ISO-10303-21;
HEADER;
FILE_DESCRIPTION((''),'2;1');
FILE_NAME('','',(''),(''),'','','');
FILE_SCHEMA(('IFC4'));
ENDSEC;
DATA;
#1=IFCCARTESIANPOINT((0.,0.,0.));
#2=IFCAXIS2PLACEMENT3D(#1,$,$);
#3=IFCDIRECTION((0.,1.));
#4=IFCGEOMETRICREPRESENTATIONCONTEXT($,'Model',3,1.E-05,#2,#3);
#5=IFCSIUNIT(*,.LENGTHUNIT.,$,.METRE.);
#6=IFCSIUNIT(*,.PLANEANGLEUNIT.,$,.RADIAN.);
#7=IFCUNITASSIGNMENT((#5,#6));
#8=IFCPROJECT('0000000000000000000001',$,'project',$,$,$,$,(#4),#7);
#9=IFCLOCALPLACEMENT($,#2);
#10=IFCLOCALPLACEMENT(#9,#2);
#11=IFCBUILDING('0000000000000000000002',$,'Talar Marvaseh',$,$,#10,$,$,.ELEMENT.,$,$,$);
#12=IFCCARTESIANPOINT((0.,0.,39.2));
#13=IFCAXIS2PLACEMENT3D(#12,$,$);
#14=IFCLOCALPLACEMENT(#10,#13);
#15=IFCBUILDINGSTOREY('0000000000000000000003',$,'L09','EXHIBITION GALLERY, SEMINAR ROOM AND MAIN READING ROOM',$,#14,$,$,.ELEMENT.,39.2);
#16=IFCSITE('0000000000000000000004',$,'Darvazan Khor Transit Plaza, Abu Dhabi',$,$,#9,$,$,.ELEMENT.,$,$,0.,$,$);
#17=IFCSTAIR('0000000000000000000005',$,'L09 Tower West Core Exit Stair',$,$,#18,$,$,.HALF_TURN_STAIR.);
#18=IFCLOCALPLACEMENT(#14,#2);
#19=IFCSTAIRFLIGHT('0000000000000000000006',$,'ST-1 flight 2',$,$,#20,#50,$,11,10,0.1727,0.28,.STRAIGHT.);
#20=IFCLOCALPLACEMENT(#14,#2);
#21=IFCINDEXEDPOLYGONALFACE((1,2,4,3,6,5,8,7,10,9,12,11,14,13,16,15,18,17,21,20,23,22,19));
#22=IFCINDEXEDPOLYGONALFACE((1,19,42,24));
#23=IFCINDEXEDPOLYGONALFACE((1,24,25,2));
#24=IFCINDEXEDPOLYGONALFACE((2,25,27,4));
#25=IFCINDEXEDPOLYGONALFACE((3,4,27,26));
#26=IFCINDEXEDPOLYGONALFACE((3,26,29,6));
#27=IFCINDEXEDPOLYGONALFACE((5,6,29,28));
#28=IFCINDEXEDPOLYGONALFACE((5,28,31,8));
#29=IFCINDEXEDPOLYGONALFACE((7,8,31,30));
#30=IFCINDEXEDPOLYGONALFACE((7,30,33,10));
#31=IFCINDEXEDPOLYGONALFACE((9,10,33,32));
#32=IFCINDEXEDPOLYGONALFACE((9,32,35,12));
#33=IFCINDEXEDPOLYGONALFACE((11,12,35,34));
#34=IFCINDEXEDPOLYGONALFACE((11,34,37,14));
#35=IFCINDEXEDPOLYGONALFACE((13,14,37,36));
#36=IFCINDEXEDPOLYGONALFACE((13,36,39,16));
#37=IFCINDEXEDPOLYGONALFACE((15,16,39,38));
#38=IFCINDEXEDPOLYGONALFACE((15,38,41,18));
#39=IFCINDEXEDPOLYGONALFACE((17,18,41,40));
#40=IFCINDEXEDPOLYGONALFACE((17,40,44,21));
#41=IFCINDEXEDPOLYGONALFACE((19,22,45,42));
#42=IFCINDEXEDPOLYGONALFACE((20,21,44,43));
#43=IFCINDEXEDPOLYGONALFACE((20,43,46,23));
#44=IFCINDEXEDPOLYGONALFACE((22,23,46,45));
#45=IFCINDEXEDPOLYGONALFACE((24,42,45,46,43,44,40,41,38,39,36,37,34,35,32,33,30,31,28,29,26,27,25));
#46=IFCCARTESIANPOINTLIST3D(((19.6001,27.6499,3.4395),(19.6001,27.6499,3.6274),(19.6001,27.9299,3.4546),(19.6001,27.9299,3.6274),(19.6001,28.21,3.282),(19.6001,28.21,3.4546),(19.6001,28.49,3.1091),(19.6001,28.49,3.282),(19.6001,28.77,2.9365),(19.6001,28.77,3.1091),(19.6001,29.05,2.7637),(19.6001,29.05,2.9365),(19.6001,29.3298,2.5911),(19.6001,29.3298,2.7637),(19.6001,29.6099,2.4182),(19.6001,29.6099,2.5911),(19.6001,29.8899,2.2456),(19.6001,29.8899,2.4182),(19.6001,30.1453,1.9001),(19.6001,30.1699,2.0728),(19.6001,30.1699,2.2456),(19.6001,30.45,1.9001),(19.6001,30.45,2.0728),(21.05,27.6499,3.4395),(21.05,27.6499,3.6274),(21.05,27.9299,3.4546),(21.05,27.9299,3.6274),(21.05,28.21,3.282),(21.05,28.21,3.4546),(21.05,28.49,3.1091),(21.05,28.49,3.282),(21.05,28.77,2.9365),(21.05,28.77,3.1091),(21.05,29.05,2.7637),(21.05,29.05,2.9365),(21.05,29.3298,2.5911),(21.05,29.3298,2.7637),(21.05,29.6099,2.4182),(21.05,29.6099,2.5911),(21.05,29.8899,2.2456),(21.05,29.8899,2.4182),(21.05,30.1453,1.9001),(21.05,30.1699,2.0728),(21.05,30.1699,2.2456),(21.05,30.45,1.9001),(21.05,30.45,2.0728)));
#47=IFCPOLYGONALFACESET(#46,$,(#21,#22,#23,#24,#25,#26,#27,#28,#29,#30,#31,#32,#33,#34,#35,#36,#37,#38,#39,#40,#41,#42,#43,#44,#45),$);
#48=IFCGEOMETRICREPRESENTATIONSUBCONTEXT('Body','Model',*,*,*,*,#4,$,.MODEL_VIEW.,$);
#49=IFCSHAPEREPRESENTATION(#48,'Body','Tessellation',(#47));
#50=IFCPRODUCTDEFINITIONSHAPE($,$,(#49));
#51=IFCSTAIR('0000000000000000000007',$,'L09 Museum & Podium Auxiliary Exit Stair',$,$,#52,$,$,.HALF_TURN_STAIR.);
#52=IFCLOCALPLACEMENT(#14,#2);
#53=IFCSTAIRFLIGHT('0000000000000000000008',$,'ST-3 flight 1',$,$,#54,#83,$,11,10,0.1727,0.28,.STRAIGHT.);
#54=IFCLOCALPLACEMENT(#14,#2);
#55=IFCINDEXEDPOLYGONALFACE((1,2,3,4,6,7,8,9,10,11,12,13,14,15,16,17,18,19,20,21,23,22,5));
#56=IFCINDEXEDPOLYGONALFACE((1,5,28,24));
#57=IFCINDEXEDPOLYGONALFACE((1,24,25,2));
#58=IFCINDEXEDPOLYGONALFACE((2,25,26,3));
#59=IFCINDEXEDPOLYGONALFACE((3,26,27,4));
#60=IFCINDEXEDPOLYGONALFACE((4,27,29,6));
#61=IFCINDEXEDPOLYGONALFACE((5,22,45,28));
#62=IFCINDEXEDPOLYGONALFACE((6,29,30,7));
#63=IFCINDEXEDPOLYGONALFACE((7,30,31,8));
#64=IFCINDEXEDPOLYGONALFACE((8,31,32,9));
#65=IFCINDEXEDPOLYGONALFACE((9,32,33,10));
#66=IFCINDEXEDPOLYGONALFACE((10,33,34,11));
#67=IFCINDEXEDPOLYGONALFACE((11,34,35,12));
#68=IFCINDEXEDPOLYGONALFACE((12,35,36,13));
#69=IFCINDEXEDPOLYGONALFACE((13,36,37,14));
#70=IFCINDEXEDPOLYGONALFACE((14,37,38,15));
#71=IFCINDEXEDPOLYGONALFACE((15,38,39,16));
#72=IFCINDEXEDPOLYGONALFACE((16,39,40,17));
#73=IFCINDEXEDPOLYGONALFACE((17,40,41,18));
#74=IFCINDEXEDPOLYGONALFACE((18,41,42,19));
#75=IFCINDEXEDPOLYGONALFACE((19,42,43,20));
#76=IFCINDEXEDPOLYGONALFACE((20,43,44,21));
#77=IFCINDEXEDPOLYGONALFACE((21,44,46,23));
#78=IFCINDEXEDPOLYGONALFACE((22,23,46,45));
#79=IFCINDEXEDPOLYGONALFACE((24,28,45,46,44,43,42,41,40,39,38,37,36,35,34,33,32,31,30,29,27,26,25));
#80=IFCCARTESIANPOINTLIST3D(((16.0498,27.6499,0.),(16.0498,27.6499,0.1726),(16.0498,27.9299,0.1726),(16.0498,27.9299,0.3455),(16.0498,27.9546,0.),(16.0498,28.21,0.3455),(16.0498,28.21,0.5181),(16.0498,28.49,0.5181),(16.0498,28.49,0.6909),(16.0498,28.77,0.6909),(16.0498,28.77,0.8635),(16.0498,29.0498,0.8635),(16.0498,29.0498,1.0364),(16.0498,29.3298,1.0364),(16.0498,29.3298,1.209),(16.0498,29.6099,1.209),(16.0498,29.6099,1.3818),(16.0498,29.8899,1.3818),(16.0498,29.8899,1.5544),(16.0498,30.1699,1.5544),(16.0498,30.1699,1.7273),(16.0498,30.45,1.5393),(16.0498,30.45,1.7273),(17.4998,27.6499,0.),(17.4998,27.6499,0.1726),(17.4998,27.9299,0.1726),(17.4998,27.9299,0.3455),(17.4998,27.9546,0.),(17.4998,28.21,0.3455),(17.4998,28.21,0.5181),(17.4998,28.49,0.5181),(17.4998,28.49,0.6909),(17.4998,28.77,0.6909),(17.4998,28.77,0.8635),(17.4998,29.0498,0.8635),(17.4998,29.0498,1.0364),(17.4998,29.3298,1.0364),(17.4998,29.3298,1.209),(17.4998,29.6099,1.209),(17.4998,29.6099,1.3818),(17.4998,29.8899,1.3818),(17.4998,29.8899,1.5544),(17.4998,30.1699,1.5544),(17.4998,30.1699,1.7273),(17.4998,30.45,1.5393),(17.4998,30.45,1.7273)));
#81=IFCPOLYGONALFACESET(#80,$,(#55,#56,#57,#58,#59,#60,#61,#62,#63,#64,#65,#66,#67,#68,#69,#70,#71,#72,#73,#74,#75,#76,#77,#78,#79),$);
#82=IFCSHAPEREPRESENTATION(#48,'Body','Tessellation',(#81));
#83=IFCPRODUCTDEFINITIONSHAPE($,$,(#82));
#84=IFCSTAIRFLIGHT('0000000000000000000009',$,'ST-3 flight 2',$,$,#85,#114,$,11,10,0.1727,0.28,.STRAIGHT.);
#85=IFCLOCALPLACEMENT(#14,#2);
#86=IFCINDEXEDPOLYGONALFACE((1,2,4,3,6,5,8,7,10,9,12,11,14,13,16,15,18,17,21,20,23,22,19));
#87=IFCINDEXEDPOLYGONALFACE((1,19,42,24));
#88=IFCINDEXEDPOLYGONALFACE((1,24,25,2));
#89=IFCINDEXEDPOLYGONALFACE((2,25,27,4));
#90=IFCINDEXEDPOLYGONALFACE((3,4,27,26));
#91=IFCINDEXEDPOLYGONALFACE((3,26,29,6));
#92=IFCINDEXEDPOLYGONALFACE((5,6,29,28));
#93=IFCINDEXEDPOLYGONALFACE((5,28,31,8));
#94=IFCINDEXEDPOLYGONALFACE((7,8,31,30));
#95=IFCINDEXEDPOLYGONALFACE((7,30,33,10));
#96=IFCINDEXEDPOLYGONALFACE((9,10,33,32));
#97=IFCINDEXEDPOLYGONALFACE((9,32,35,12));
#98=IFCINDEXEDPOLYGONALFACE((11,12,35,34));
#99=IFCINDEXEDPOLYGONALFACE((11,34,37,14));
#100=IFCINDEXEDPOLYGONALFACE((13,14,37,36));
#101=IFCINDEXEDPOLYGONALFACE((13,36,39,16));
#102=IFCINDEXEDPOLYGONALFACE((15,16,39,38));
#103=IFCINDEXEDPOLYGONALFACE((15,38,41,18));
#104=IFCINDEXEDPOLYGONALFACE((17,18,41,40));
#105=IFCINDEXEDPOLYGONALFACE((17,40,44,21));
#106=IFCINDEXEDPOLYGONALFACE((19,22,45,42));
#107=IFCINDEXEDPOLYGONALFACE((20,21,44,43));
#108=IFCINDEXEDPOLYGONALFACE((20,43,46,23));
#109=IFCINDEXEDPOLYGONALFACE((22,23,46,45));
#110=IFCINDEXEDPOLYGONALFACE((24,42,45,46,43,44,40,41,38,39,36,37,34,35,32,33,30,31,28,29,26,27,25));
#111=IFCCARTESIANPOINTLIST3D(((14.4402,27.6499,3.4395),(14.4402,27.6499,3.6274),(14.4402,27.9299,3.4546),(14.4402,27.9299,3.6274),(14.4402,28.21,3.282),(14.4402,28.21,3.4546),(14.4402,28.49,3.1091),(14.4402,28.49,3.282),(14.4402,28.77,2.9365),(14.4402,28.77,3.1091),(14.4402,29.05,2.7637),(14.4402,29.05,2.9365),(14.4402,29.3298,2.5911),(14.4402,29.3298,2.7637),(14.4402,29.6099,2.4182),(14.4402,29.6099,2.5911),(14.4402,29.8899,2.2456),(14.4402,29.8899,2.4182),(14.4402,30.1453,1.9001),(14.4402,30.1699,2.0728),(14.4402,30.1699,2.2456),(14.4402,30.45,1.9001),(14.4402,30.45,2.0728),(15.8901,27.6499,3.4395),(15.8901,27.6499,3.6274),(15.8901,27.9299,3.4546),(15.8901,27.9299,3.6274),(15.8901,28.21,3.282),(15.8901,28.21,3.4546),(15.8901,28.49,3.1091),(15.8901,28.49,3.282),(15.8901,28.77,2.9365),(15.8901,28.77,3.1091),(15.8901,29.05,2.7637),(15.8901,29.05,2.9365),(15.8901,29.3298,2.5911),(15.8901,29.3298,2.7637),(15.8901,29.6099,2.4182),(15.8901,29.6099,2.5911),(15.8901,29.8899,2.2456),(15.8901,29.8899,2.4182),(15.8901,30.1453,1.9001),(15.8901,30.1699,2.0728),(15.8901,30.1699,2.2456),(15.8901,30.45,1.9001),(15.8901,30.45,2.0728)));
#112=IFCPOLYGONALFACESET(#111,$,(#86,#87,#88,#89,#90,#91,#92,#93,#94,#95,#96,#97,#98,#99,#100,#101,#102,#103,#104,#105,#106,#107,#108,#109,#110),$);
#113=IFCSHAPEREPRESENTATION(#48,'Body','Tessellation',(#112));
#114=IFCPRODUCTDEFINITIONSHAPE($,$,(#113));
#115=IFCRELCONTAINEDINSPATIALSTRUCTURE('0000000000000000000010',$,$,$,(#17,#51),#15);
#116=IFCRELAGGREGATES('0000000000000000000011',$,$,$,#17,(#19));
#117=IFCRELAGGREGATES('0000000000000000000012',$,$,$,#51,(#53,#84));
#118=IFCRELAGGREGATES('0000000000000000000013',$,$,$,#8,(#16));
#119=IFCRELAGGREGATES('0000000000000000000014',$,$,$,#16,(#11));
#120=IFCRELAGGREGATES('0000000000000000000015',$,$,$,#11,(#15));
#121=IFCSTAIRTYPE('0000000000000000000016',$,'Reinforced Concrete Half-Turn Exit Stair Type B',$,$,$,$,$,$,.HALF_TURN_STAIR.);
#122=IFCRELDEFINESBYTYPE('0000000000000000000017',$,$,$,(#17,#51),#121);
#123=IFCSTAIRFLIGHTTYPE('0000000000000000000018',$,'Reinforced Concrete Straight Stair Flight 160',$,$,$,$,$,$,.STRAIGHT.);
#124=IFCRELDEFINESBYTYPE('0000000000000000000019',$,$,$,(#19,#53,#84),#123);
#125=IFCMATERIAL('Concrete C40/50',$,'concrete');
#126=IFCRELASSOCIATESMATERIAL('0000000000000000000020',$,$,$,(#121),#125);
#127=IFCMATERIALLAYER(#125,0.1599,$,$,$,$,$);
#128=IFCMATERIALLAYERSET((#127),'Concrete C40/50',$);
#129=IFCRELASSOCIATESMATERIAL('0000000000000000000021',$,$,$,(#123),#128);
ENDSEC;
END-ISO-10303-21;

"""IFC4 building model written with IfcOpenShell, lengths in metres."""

from ifc_helpers import new_model, si_unit, direction, frame, origin, place, context, subcontext, project, spatial, polyline, outline, extrude, material, layer, layer_set, type_object, element, aggregate, save


model = new_model("IFC4")

# Units and contexts
model_context = context("Model", 3, precision=1e-05, world=origin(), true_north=direction((0.0, 1.0)))
body_context = subcontext(model_context, "Body", "Model", "MODEL_VIEW")
ifc_project = project(units=[si_unit("LENGTHUNIT", "METRE"), si_unit("PLANEANGLEUNIT", "RADIAN")], contexts=[model_context])

# Site, building, storey
site_placement = place(None, origin())
site = spatial("IfcSite", under=ifc_project, at=site_placement, Name="Darvazan Khor Transit Plaza, Abu Dhabi", CompositionType="ELEMENT", RefElevation=0.0)
building_placement = place(site_placement, origin())
building = spatial("IfcBuilding", under=site, at=building_placement, Name="Talar Marvaseh", CompositionType="ELEMENT")
storey_placement = place(building_placement, frame((0.0, 0.0, 39.2)))
storey = spatial("IfcBuildingStorey", under=building, at=storey_placement, Name="L09", Description="EXHIBITION GALLERY, SEMINAR ROOM AND MAIN READING ROOM", CompositionType="ELEMENT", Elevation=39.2)

# Shared definitions
ifc_material_1 = material(Name="Concrete C40/50", Category="concrete")

# Stair, stair flight
stair_type = type_object("IfcStairType", Name="Reinforced Concrete Half-Turn Exit Stair Type B", PredefinedType="HALF_TURN_STAIR", material=ifc_material_1)
stair_1_placement = place(storey_placement, origin())
stair_1 = element("IfcStair", 1, at=stair_1_placement, inside=storey, type_object=stair_type, Name="L09 Tower West Core Exit Stair", PredefinedType="HALF_TURN_STAIR")
ifc_layer_1 = layer(ifc_material_1, 0.1599)
ifc_layer_set_1 = layer_set([ifc_layer_1], Name="Concrete C40/50")
stair_flight_type = type_object("IfcStairFlightType", Name="Reinforced Concrete Straight Stair Flight 160", PredefinedType="STRAIGHT", material=ifc_layer_set_1)
stair_flight_1_placement = place(storey_placement, frame((20.325, 30.45, 1.9001), z_axis=(0.0, 0.0, 1.0), x_axis=(0.0, -1.0, 0.0)))
stair_flight_1 = element("IfcStairFlight", 2, at=stair_flight_1_placement, type_object=stair_flight_type, Name="ST-1 flight 2", NumberOfRisers=11, NumberOfTreads=10, PredefinedType="STRAIGHT", RiserHeight=0.1727, TreadLength=0.28, context=body_context, shape_type="SweptSolid", body=[
    extrude(outline(polyline([(0.0, 0.0), (0.0, 0.1726), (0.28, 0.1726), (0.28, 0.3455), (0.5601, 0.3455), (0.5601, 0.5181), (0.8401, 0.5181), (0.8401, 0.6909), (1.1201, 0.6909), (1.1201, 0.8635), (1.3999, 0.8635), (1.3999, 1.0364), (1.6799, 1.0364), (1.6799, 1.209), (1.96, 1.209), (1.96, 1.3818), (2.24, 1.3818), (2.24, 1.5544), (2.52, 1.5544), (2.52, 1.7273), (2.8, 1.7273), (2.8, 1.8999), (2.8, 1.5393), (0.3047, 0.0), (0.0, 0.0)])), frame((0.0, 0.7251, 0.0), z_axis=(0.0, -1.0, 0.0), x_axis=(1.0, 0.0, 0.0)), (0.0, 0.0, 1.0), 1.45),
])
aggregate(stair_1, [stair_flight_1])

# Stair, stair flights
stair_2_placement = place(storey_placement, origin())
stair_2 = element("IfcStair", 3, at=stair_2_placement, inside=storey, type_object=stair_type, Name="L09 Museum & Podium Auxiliary Exit Stair", PredefinedType="HALF_TURN_STAIR")
stair_flight_2_placement = place(storey_placement, frame((16.7749, 27.6499, 0.0), z_axis=(0.0, 0.0, 1.0), x_axis=(0.0, 1.0, 0.0)))
stair_flight_2 = element("IfcStairFlight", 4, at=stair_flight_2_placement, type_object=stair_flight_type, Name="ST-3 flight 1", NumberOfRisers=11, NumberOfTreads=10, PredefinedType="STRAIGHT", RiserHeight=0.1727, TreadLength=0.28, context=body_context, shape_type="SweptSolid", body=[
    extrude(outline(polyline([(0.0, 0.0), (0.0, 0.1726), (0.28, 0.1726), (0.28, 0.3455), (0.5601, 0.3455), (0.5601, 0.5181), (0.8401, 0.5181), (0.8401, 0.6909), (1.1201, 0.6909), (1.1201, 0.8635), (1.3999, 0.8635), (1.3999, 1.0364), (1.6799, 1.0364), (1.6799, 1.209), (1.96, 1.209), (1.96, 1.3818), (2.24, 1.3818), (2.24, 1.5544), (2.52, 1.5544), (2.52, 1.7273), (2.8, 1.7273), (2.8, 1.8999), (2.8, 1.5393), (0.3047, 0.0), (0.0, 0.0)])), frame((0.0, 0.7251, 0.0), z_axis=(0.0, -1.0, 0.0), x_axis=(1.0, 0.0, 0.0)), (0.0, 0.0, 1.0), 1.45),
])
stair_flight_3_placement = place(storey_placement, frame((15.165, 30.45, 1.9001), z_axis=(0.0, 0.0, 1.0), x_axis=(0.0, -1.0, 0.0)))
stair_flight_3 = element("IfcStairFlight", 5, at=stair_flight_3_placement, type_object=stair_flight_type, Name="ST-3 flight 2", NumberOfRisers=11, NumberOfTreads=10, PredefinedType="STRAIGHT", RiserHeight=0.1727, TreadLength=0.28, context=body_context, shape_type="SweptSolid", body=[
    extrude(outline(polyline([(0.0, 0.0), (0.0, 0.1726), (0.28, 0.1726), (0.28, 0.3455), (0.5601, 0.3455), (0.5601, 0.5181), (0.8401, 0.5181), (0.8401, 0.6909), (1.1201, 0.6909), (1.1201, 0.8635), (1.3999, 0.8635), (1.3999, 1.0364), (1.6799, 1.0364), (1.6799, 1.209), (1.96, 1.209), (1.96, 1.3818), (2.24, 1.3818), (2.24, 1.5544), (2.52, 1.5544), (2.52, 1.7273), (2.8, 1.7273), (2.8, 1.8999), (2.8, 1.5393), (0.3047, 0.0), (0.0, 0.0)])), frame((0.0, 0.7251, 0.0), z_axis=(0.0, -1.0, 0.0), x_axis=(1.0, 0.0, 0.0)), (0.0, 0.0, 1.0), 1.45),
])
aggregate(stair_2, [stair_flight_2, stair_flight_3])

save(model, "model.ifc")
